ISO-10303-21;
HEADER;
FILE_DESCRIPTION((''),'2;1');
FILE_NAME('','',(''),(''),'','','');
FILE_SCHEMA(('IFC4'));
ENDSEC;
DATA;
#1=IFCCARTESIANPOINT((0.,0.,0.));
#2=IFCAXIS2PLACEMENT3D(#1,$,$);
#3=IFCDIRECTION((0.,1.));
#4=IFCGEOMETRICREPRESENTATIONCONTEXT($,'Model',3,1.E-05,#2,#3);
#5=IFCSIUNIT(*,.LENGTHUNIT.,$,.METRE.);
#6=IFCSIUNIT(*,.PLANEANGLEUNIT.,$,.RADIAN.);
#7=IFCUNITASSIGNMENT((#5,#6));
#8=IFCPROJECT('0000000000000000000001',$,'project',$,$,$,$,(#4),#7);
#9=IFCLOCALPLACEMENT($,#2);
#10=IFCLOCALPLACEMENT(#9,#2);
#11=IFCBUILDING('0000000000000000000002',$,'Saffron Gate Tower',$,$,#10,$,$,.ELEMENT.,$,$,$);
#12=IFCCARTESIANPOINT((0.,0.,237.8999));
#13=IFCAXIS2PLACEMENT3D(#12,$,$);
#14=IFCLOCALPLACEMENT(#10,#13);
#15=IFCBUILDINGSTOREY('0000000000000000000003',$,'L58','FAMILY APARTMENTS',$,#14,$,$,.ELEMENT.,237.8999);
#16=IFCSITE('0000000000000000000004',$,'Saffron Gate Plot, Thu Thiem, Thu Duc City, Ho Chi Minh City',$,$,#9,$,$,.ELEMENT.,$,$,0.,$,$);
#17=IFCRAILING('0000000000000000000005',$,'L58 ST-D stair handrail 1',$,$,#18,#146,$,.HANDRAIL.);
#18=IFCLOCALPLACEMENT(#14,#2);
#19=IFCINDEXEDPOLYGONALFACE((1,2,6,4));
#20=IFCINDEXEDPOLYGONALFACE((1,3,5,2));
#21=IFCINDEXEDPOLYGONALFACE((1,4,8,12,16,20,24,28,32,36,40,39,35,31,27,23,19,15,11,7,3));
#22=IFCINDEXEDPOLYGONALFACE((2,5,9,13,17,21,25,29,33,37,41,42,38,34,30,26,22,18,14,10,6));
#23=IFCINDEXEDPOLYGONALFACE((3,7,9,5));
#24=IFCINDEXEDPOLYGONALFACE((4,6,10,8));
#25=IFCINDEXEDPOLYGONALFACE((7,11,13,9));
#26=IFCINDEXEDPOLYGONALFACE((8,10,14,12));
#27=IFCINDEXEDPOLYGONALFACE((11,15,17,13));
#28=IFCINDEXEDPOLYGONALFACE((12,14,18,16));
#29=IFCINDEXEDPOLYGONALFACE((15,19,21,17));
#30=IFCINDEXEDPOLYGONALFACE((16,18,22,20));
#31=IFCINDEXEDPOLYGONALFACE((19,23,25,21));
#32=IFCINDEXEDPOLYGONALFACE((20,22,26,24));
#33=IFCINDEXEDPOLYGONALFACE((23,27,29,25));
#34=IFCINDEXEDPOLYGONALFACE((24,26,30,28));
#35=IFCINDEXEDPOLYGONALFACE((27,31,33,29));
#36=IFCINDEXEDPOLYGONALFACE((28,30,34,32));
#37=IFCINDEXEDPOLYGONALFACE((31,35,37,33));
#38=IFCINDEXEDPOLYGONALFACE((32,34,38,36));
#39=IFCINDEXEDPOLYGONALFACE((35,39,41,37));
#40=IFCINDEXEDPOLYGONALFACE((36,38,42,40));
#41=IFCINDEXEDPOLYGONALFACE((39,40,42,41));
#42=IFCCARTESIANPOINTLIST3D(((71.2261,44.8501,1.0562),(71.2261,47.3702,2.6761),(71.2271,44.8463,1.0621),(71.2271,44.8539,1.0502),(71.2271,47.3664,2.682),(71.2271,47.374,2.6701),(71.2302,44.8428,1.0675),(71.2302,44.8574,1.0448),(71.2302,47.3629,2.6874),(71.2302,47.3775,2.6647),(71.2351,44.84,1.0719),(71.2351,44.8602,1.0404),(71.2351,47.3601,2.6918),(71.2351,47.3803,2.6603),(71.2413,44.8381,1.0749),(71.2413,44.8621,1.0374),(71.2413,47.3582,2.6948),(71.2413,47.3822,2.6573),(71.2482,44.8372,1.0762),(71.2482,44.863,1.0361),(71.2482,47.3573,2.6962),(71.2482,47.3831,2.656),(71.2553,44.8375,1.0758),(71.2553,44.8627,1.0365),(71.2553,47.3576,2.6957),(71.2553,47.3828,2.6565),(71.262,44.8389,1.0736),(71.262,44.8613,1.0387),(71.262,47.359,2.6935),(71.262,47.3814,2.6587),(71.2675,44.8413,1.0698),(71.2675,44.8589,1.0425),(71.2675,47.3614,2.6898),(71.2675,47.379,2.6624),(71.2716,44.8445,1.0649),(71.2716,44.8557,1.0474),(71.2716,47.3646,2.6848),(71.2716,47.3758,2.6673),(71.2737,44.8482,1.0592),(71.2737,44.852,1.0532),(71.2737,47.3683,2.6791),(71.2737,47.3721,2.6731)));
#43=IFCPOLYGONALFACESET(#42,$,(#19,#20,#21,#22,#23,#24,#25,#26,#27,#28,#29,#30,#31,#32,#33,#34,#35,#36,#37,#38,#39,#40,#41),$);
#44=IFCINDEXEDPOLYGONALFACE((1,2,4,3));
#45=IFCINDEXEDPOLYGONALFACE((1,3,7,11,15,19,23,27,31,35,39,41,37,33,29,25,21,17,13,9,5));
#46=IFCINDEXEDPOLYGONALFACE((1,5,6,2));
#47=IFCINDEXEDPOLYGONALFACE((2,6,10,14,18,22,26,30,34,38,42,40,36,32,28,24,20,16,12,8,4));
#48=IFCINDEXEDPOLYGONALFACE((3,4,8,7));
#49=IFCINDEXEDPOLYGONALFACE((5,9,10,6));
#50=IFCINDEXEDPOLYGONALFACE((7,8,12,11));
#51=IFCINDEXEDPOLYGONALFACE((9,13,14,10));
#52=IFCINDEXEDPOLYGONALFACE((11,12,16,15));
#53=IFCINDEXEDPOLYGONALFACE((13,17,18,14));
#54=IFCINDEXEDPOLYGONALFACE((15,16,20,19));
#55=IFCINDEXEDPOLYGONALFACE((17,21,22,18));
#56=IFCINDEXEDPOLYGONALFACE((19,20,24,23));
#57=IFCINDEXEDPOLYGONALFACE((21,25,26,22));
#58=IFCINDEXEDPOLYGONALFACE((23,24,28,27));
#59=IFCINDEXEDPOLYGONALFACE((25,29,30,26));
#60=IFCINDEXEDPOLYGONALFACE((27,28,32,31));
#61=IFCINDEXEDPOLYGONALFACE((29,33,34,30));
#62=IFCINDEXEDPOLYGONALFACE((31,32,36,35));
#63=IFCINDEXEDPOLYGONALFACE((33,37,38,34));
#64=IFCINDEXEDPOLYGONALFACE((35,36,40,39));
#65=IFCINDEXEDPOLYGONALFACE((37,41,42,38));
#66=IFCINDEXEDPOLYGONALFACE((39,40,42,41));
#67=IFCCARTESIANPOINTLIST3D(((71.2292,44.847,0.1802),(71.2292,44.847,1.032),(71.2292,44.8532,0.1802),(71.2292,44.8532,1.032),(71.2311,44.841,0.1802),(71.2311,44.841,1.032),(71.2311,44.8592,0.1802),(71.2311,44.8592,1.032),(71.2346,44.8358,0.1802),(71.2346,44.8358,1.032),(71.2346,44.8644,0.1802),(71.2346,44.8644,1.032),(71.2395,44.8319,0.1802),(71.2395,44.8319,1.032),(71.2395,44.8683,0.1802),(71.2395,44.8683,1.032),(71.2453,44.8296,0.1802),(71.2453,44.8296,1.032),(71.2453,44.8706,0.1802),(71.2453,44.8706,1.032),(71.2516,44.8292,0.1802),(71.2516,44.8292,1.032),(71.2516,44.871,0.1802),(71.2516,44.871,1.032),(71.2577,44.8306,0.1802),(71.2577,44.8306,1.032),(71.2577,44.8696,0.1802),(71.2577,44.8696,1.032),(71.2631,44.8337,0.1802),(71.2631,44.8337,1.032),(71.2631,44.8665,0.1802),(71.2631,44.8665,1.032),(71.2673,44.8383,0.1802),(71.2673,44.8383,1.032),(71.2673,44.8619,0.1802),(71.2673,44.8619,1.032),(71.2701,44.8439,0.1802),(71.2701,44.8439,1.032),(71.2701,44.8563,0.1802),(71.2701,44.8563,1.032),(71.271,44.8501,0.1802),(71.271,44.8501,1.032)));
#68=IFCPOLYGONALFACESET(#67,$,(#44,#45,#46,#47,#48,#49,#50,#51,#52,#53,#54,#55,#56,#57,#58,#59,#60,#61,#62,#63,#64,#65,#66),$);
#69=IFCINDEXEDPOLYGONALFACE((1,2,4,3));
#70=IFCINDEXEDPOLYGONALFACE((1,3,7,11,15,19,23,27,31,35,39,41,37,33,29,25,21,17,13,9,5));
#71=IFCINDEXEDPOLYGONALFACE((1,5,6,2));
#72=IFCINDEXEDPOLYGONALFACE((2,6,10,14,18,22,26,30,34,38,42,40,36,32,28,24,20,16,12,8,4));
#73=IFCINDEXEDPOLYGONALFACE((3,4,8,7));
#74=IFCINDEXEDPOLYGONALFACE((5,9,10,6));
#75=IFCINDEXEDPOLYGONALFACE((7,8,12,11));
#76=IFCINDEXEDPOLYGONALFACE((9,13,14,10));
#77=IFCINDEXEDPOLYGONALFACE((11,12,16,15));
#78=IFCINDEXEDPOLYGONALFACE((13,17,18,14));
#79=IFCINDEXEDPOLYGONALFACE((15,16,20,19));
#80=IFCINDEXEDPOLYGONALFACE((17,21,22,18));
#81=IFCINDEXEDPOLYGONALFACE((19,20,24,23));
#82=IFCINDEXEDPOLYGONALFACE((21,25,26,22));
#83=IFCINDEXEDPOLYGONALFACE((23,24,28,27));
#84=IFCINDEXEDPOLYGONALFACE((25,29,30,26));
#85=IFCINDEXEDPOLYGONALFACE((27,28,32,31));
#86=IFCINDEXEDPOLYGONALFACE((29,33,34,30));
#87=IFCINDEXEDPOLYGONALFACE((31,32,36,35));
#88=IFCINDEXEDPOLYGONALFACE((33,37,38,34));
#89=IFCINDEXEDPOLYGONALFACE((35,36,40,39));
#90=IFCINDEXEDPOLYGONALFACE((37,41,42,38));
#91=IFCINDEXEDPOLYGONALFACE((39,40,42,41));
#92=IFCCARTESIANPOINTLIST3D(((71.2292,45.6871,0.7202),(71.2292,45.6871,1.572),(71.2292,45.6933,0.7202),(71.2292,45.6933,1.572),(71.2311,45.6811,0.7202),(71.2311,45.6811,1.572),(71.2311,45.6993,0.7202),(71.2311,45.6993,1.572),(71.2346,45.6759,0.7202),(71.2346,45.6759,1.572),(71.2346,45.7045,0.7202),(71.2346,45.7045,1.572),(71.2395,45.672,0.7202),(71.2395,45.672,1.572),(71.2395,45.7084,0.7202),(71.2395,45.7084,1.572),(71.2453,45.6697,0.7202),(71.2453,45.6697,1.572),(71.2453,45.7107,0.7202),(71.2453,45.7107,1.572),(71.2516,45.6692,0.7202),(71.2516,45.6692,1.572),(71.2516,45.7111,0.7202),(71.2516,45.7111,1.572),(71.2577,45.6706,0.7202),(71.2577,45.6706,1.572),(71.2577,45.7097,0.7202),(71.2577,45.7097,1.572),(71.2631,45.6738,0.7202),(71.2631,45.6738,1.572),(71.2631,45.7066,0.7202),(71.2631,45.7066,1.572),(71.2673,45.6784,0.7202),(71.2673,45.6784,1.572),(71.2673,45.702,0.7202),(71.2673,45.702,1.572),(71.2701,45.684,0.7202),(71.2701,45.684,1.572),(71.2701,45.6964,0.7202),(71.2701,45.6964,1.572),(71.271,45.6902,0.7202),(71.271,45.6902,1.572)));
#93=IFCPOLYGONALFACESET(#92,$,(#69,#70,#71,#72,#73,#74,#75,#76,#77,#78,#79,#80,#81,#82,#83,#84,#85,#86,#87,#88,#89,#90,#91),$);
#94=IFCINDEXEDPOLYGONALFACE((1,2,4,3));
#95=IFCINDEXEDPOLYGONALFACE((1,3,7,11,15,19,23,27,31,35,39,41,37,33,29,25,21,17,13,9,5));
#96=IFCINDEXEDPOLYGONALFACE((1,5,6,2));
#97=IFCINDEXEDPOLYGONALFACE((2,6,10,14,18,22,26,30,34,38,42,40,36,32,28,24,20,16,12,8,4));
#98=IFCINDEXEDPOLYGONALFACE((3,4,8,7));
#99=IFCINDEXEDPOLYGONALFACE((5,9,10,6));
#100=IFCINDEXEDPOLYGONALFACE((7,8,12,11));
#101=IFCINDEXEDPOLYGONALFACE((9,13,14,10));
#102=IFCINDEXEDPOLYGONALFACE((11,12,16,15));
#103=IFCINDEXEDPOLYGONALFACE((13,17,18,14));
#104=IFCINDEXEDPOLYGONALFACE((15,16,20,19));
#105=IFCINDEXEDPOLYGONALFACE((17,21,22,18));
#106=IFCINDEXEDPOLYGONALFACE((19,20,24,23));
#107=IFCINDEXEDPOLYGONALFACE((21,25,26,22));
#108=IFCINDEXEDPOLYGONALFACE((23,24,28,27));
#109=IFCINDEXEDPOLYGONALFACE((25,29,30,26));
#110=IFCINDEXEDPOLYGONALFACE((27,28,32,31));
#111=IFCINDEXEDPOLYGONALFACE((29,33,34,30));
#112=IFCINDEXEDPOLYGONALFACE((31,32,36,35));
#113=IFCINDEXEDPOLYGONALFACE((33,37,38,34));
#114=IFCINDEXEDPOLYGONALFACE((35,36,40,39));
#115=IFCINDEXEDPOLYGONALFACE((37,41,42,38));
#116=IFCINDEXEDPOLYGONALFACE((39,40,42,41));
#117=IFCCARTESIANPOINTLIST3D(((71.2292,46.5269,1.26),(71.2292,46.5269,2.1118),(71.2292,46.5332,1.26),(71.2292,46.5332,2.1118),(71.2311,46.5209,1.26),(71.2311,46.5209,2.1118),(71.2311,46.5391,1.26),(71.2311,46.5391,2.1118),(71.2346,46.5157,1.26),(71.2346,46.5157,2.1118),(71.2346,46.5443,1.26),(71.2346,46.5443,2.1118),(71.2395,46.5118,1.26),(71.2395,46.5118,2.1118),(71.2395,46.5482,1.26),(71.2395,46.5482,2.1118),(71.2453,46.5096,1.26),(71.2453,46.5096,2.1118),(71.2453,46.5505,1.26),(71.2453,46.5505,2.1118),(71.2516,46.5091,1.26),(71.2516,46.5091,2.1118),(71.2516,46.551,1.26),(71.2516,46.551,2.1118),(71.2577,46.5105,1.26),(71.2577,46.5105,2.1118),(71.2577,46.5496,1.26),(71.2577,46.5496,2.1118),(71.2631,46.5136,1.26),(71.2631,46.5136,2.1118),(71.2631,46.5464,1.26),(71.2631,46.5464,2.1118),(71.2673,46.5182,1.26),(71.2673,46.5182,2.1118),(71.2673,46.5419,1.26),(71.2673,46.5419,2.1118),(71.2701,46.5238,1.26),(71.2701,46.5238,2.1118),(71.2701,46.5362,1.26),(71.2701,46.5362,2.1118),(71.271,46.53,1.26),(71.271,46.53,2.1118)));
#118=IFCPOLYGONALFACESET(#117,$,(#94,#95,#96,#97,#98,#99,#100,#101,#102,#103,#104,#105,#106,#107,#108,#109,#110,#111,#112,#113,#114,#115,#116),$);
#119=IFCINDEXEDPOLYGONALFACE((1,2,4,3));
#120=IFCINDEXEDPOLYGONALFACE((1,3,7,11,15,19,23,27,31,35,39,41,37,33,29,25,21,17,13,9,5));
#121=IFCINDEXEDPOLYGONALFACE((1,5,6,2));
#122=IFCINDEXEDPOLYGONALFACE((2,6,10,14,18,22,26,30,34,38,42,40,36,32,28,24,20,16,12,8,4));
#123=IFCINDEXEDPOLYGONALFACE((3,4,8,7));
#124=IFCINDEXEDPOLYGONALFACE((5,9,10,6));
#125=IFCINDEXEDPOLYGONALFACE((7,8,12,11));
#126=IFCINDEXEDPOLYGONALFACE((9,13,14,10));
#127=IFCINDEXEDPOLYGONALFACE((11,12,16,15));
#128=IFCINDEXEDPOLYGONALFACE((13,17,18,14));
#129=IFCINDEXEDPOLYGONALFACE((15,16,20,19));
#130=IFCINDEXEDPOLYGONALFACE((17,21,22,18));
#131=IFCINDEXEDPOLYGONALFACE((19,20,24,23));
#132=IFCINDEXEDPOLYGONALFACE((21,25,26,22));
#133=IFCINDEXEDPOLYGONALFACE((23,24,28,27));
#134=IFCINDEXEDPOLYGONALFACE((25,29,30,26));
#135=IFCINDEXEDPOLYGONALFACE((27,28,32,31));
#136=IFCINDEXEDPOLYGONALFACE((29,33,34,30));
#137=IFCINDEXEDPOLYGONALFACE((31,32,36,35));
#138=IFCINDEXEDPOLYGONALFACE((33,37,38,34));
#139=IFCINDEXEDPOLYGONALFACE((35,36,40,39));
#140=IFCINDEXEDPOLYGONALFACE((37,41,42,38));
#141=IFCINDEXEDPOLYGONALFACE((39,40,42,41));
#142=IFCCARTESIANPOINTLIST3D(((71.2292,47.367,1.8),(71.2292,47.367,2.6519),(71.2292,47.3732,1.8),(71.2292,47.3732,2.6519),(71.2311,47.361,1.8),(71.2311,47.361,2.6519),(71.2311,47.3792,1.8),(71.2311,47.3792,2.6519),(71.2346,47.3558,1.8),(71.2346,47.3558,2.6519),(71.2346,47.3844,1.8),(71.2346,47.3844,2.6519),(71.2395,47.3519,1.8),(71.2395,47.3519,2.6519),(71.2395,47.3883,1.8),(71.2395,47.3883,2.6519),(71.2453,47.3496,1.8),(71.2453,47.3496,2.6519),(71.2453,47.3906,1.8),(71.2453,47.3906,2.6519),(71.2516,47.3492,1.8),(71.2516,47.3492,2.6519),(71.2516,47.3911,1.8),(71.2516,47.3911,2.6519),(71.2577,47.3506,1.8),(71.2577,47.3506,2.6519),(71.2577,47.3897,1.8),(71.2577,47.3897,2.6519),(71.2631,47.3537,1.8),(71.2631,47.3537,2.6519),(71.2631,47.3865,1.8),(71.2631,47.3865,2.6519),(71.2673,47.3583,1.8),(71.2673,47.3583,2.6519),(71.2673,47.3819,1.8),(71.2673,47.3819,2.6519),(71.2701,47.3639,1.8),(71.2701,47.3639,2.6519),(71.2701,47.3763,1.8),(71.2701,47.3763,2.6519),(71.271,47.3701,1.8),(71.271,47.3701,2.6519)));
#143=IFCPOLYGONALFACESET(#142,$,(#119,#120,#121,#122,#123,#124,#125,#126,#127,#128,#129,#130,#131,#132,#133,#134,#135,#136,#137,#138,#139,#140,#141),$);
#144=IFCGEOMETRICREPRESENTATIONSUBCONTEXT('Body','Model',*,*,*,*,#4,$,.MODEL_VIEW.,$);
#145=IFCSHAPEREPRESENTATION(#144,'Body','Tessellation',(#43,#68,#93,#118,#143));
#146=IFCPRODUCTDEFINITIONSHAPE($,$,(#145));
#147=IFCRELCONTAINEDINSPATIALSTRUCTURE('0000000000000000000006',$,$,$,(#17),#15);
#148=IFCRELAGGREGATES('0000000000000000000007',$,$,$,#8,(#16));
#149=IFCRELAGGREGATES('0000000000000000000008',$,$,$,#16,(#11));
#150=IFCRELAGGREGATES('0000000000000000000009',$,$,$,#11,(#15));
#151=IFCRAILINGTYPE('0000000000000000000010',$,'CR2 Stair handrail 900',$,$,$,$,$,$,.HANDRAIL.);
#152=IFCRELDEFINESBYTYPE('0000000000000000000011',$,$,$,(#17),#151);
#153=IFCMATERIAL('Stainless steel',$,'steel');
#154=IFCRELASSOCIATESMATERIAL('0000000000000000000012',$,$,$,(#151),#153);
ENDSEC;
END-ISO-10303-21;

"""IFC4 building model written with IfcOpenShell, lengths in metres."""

from ifc_helpers import new_model, si_unit, direction, frame, origin, origin_2d, place, context, subcontext, project, spatial, circle, extrude, material, type_object, element, save


model = new_model("IFC4")

# Units and contexts
model_context = context("Model", 3, precision=1e-05, world=origin(), true_north=direction((0.0, 1.0)))
body_context = subcontext(model_context, "Body", "Model", "MODEL_VIEW")
ifc_project = project(units=[si_unit("LENGTHUNIT", "METRE"), si_unit("PLANEANGLEUNIT", "RADIAN")], contexts=[model_context])

# Site, building, storey
site_placement = place(None, origin())
site = spatial("IfcSite", under=ifc_project, at=site_placement, Name="Saffron Gate Plot, Thu Thiem, Thu Duc City, Ho Chi Minh City", CompositionType="ELEMENT", RefElevation=0.0)
building_placement = place(site_placement, origin())
building = spatial("IfcBuilding", under=site, at=building_placement, Name="Saffron Gate Tower", CompositionType="ELEMENT")
storey_placement = place(building_placement, frame((0.0, 0.0, 237.8999)))
storey = spatial("IfcBuildingStorey", under=building, at=storey_placement, Name="L58", Description="FAMILY APARTMENTS", CompositionType="ELEMENT", Elevation=237.8999)

# Railing
ifc_material_1 = material(Name="Stainless steel", Category="steel")
railing_type_1 = type_object("IfcRailingType", Name="CR2 Stair handrail 900", PredefinedType="HANDRAIL", material=ifc_material_1)
railing_1_placement = place(storey_placement, frame((71.25, 44.8501, 0.1802)))
element("IfcRailing", 1, at=railing_1_placement, inside=storey, type_object=railing_type_1, Name="L58 ST-D stair handrail 1", PredefinedType="HANDRAIL", context=body_context, shape_type="SweptSolid", body=[
    extrude(circle(Radius=0.0239, at=origin_2d()), frame((0.0, 0.0, 0.876), z_axis=(0.0, 0.8412, 0.540725), x_axis=(-1.0, 0.0, 0.0)), (0.0, 0.0, 1.0), 2.9958),
    extrude(circle(Radius=0.021, at=origin_2d()), origin(), (0.0, 0.0, 1.0), 0.8518),
    extrude(circle(Radius=0.021, at=origin_2d()), frame((0.0, 0.8401, 0.54)), (0.0, 0.0, 1.0), 0.8518),
    extrude(circle(Radius=0.021, at=origin_2d()), frame((0.0, 1.6799, 1.0798)), (0.0, 0.0, 1.0), 0.8518),
    extrude(circle(Radius=0.021, at=origin_2d()), frame((0.0, 2.52, 1.6199)), (0.0, 0.0, 1.0), 0.8518),
])

save(model, "model.ifc")
